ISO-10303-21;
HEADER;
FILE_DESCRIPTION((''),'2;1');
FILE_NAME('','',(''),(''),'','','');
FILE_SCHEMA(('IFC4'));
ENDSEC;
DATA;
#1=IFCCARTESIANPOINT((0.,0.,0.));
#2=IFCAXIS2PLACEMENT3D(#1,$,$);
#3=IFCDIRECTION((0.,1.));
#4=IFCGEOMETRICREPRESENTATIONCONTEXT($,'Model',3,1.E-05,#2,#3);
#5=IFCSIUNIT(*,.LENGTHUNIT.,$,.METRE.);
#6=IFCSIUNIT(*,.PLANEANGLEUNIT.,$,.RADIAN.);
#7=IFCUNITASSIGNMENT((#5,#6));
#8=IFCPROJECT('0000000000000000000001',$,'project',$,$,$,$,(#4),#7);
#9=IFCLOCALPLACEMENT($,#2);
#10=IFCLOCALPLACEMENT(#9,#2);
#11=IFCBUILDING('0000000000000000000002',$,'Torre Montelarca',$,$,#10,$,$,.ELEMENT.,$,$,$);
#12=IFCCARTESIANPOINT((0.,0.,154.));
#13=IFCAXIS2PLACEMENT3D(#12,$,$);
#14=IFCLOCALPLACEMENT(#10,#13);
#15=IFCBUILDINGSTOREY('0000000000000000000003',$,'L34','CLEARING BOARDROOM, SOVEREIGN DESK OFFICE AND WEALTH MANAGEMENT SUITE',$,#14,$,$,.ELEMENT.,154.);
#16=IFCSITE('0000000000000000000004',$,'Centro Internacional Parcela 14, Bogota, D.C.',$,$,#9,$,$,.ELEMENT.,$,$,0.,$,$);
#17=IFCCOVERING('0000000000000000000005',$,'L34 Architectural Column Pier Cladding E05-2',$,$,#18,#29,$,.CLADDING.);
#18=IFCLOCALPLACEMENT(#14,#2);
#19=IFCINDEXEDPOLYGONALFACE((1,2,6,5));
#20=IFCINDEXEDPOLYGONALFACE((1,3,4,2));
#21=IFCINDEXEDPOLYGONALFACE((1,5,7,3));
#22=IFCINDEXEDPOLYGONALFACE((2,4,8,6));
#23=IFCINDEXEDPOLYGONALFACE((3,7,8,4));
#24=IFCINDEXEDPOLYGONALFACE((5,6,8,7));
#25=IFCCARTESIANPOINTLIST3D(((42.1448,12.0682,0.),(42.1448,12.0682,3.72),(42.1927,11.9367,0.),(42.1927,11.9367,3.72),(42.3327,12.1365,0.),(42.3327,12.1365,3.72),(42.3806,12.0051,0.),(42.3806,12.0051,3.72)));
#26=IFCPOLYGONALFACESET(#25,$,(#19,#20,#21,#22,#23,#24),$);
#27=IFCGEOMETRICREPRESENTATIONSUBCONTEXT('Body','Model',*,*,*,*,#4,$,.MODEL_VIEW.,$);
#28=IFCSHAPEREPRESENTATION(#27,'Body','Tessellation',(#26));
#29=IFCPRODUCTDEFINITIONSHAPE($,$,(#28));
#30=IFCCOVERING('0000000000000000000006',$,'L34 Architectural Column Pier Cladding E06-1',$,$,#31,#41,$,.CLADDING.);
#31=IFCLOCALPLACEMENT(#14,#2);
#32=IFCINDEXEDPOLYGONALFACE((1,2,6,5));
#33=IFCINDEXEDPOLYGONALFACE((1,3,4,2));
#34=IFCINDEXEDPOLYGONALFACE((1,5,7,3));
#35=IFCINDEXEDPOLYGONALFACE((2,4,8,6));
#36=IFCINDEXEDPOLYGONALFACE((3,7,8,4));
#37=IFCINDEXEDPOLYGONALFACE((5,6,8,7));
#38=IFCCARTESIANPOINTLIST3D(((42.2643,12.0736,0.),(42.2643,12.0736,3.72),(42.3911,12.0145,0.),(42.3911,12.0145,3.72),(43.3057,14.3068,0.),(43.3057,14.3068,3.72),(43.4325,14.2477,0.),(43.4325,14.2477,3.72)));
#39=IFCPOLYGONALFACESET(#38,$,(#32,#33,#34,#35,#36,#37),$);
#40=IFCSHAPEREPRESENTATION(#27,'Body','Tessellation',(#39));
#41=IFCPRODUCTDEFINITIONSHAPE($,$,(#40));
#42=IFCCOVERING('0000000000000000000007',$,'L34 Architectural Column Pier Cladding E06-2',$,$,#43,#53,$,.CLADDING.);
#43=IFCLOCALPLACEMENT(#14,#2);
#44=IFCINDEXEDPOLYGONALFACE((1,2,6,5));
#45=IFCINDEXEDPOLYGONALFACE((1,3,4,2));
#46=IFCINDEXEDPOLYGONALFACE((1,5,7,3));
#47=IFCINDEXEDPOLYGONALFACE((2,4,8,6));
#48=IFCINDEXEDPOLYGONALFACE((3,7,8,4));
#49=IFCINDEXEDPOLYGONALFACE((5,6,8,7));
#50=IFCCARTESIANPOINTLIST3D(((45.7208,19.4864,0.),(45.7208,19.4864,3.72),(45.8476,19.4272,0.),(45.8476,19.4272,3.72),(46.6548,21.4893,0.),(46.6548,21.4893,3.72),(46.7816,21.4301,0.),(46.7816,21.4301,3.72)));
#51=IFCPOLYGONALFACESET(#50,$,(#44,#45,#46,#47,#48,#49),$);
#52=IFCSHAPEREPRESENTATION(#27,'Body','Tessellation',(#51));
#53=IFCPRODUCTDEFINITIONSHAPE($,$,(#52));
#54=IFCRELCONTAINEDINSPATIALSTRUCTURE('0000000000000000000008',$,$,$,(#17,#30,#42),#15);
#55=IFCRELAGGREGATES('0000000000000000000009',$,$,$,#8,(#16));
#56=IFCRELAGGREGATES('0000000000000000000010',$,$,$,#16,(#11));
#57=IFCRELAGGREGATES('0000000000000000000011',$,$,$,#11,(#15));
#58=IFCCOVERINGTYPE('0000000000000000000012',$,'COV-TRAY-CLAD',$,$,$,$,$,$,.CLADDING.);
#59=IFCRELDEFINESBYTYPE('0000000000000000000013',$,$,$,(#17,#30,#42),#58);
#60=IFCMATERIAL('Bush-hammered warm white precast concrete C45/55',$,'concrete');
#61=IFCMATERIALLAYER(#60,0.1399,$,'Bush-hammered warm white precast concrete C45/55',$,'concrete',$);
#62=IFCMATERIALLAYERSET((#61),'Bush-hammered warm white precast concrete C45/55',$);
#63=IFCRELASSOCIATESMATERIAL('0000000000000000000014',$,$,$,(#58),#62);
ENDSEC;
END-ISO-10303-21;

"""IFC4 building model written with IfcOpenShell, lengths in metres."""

from ifc_helpers import new_model, si_unit, direction, frame, origin, origin_2d, place, context, subcontext, project, spatial, rectangle, extrude, source, transform, mapped, material, layer, layer_set, type_object, element, save


model = new_model("IFC4")

# Units and contexts
model_context = context("Model", 3, precision=1e-05, world=origin(), true_north=direction((0.0, 1.0)))
body_context = subcontext(model_context, "Body", "Model", "MODEL_VIEW")
ifc_project = project(units=[si_unit("LENGTHUNIT", "METRE"), si_unit("PLANEANGLEUNIT", "RADIAN")], contexts=[model_context])

# Site, building, storey
site_placement = place(None, origin())
site = spatial("IfcSite", under=ifc_project, at=site_placement, Name="Centro Internacional Parcela 14, Bogota, D.C.", CompositionType="ELEMENT", RefElevation=0.0)
building_placement = place(site_placement, origin())
building = spatial("IfcBuilding", under=site, at=building_placement, Name="Torre Montelarca", CompositionType="ELEMENT")
storey_placement = place(building_placement, frame((0.0, 0.0, 154.0)))
storey = spatial("IfcBuildingStorey", under=building, at=storey_placement, Name="L34", Description="CLEARING BOARDROOM, SOVEREIGN DESK OFFICE AND WEALTH MANAGEMENT SUITE", CompositionType="ELEMENT", Elevation=154.0)

# Coverings
ifc_material_1 = material(Name="Bush-hammered warm white precast concrete C45/55", Category="concrete")
ifc_layer_1 = layer(ifc_material_1, 0.1399, Name="Bush-hammered warm white precast concrete C45/55", Category="concrete")
ifc_layer_set_1 = layer_set([ifc_layer_1], Name="Bush-hammered warm white precast concrete C45/55")
covering_type = type_object("IfcCoveringType", Name="COV-TRAY-CLAD", PredefinedType="CLADDING", material=ifc_layer_set_1)
shared_shape_1 = source(origin(), body_context, "Body", "SweptSolid", [
    extrude(rectangle(XDim=0.2, YDim=0.1399, at=origin_2d()), origin(), (0.0, 0.0, 1.0), 3.72),
])
covering_1_placement = place(storey_placement, frame((42.2627, 12.0366, 0.0), z_axis=(0.0, 0.0, 1.0), x_axis=(0.939696, 0.342012, 0.0)))
element("IfcCovering", 1, at=covering_1_placement, inside=storey, type_object=covering_type, Name="L34 Architectural Column Pier Cladding E05-2", PredefinedType="CLADDING", context=body_context, shape_type="MappedRepresentation", body=[
    mapped(shared_shape_1, transform((0.0, 0.0, 0.0), scale=1.0)),
])
shared_shape_2 = source(origin(), body_context, "Body", "SweptSolid", [
    extrude(rectangle(XDim=2.4641, YDim=0.1399, at=origin_2d()), origin(), (0.0, 0.0, 1.0), 3.72),
])
covering_2_placement = place(storey_placement, frame((42.8484, 13.1606, 0.0), z_axis=(0.0, 0.0, 1.0), x_axis=(0.422617, 0.906309, 0.0)))
element("IfcCovering", 2, at=covering_2_placement, inside=storey, type_object=covering_type, Name="L34 Architectural Column Pier Cladding E06-1", PredefinedType="CLADDING", context=body_context, shape_type="MappedRepresentation", body=[
    mapped(shared_shape_2, transform((0.0, 0.0, 0.0), scale=1.0)),
])
shared_shape_3 = source(origin(), body_context, "Body", "SweptSolid", [
    extrude(rectangle(XDim=2.21, YDim=0.1399, at=origin_2d()), origin(), (0.0, 0.0, 1.0), 3.72),
])
covering_3_placement = place(storey_placement, frame((46.2512, 20.4583, 0.0), z_axis=(0.0, 0.0, 1.0), x_axis=(0.422617, 0.906309, 0.0)))
element("IfcCovering", 3, at=covering_3_placement, inside=storey, type_object=covering_type, Name="L34 Architectural Column Pier Cladding E06-2", PredefinedType="CLADDING", context=body_context, shape_type="MappedRepresentation", body=[
    mapped(shared_shape_3, transform((0.0, 0.0, 0.0), scale=1.0)),
])

save(model, "model.ifc")
